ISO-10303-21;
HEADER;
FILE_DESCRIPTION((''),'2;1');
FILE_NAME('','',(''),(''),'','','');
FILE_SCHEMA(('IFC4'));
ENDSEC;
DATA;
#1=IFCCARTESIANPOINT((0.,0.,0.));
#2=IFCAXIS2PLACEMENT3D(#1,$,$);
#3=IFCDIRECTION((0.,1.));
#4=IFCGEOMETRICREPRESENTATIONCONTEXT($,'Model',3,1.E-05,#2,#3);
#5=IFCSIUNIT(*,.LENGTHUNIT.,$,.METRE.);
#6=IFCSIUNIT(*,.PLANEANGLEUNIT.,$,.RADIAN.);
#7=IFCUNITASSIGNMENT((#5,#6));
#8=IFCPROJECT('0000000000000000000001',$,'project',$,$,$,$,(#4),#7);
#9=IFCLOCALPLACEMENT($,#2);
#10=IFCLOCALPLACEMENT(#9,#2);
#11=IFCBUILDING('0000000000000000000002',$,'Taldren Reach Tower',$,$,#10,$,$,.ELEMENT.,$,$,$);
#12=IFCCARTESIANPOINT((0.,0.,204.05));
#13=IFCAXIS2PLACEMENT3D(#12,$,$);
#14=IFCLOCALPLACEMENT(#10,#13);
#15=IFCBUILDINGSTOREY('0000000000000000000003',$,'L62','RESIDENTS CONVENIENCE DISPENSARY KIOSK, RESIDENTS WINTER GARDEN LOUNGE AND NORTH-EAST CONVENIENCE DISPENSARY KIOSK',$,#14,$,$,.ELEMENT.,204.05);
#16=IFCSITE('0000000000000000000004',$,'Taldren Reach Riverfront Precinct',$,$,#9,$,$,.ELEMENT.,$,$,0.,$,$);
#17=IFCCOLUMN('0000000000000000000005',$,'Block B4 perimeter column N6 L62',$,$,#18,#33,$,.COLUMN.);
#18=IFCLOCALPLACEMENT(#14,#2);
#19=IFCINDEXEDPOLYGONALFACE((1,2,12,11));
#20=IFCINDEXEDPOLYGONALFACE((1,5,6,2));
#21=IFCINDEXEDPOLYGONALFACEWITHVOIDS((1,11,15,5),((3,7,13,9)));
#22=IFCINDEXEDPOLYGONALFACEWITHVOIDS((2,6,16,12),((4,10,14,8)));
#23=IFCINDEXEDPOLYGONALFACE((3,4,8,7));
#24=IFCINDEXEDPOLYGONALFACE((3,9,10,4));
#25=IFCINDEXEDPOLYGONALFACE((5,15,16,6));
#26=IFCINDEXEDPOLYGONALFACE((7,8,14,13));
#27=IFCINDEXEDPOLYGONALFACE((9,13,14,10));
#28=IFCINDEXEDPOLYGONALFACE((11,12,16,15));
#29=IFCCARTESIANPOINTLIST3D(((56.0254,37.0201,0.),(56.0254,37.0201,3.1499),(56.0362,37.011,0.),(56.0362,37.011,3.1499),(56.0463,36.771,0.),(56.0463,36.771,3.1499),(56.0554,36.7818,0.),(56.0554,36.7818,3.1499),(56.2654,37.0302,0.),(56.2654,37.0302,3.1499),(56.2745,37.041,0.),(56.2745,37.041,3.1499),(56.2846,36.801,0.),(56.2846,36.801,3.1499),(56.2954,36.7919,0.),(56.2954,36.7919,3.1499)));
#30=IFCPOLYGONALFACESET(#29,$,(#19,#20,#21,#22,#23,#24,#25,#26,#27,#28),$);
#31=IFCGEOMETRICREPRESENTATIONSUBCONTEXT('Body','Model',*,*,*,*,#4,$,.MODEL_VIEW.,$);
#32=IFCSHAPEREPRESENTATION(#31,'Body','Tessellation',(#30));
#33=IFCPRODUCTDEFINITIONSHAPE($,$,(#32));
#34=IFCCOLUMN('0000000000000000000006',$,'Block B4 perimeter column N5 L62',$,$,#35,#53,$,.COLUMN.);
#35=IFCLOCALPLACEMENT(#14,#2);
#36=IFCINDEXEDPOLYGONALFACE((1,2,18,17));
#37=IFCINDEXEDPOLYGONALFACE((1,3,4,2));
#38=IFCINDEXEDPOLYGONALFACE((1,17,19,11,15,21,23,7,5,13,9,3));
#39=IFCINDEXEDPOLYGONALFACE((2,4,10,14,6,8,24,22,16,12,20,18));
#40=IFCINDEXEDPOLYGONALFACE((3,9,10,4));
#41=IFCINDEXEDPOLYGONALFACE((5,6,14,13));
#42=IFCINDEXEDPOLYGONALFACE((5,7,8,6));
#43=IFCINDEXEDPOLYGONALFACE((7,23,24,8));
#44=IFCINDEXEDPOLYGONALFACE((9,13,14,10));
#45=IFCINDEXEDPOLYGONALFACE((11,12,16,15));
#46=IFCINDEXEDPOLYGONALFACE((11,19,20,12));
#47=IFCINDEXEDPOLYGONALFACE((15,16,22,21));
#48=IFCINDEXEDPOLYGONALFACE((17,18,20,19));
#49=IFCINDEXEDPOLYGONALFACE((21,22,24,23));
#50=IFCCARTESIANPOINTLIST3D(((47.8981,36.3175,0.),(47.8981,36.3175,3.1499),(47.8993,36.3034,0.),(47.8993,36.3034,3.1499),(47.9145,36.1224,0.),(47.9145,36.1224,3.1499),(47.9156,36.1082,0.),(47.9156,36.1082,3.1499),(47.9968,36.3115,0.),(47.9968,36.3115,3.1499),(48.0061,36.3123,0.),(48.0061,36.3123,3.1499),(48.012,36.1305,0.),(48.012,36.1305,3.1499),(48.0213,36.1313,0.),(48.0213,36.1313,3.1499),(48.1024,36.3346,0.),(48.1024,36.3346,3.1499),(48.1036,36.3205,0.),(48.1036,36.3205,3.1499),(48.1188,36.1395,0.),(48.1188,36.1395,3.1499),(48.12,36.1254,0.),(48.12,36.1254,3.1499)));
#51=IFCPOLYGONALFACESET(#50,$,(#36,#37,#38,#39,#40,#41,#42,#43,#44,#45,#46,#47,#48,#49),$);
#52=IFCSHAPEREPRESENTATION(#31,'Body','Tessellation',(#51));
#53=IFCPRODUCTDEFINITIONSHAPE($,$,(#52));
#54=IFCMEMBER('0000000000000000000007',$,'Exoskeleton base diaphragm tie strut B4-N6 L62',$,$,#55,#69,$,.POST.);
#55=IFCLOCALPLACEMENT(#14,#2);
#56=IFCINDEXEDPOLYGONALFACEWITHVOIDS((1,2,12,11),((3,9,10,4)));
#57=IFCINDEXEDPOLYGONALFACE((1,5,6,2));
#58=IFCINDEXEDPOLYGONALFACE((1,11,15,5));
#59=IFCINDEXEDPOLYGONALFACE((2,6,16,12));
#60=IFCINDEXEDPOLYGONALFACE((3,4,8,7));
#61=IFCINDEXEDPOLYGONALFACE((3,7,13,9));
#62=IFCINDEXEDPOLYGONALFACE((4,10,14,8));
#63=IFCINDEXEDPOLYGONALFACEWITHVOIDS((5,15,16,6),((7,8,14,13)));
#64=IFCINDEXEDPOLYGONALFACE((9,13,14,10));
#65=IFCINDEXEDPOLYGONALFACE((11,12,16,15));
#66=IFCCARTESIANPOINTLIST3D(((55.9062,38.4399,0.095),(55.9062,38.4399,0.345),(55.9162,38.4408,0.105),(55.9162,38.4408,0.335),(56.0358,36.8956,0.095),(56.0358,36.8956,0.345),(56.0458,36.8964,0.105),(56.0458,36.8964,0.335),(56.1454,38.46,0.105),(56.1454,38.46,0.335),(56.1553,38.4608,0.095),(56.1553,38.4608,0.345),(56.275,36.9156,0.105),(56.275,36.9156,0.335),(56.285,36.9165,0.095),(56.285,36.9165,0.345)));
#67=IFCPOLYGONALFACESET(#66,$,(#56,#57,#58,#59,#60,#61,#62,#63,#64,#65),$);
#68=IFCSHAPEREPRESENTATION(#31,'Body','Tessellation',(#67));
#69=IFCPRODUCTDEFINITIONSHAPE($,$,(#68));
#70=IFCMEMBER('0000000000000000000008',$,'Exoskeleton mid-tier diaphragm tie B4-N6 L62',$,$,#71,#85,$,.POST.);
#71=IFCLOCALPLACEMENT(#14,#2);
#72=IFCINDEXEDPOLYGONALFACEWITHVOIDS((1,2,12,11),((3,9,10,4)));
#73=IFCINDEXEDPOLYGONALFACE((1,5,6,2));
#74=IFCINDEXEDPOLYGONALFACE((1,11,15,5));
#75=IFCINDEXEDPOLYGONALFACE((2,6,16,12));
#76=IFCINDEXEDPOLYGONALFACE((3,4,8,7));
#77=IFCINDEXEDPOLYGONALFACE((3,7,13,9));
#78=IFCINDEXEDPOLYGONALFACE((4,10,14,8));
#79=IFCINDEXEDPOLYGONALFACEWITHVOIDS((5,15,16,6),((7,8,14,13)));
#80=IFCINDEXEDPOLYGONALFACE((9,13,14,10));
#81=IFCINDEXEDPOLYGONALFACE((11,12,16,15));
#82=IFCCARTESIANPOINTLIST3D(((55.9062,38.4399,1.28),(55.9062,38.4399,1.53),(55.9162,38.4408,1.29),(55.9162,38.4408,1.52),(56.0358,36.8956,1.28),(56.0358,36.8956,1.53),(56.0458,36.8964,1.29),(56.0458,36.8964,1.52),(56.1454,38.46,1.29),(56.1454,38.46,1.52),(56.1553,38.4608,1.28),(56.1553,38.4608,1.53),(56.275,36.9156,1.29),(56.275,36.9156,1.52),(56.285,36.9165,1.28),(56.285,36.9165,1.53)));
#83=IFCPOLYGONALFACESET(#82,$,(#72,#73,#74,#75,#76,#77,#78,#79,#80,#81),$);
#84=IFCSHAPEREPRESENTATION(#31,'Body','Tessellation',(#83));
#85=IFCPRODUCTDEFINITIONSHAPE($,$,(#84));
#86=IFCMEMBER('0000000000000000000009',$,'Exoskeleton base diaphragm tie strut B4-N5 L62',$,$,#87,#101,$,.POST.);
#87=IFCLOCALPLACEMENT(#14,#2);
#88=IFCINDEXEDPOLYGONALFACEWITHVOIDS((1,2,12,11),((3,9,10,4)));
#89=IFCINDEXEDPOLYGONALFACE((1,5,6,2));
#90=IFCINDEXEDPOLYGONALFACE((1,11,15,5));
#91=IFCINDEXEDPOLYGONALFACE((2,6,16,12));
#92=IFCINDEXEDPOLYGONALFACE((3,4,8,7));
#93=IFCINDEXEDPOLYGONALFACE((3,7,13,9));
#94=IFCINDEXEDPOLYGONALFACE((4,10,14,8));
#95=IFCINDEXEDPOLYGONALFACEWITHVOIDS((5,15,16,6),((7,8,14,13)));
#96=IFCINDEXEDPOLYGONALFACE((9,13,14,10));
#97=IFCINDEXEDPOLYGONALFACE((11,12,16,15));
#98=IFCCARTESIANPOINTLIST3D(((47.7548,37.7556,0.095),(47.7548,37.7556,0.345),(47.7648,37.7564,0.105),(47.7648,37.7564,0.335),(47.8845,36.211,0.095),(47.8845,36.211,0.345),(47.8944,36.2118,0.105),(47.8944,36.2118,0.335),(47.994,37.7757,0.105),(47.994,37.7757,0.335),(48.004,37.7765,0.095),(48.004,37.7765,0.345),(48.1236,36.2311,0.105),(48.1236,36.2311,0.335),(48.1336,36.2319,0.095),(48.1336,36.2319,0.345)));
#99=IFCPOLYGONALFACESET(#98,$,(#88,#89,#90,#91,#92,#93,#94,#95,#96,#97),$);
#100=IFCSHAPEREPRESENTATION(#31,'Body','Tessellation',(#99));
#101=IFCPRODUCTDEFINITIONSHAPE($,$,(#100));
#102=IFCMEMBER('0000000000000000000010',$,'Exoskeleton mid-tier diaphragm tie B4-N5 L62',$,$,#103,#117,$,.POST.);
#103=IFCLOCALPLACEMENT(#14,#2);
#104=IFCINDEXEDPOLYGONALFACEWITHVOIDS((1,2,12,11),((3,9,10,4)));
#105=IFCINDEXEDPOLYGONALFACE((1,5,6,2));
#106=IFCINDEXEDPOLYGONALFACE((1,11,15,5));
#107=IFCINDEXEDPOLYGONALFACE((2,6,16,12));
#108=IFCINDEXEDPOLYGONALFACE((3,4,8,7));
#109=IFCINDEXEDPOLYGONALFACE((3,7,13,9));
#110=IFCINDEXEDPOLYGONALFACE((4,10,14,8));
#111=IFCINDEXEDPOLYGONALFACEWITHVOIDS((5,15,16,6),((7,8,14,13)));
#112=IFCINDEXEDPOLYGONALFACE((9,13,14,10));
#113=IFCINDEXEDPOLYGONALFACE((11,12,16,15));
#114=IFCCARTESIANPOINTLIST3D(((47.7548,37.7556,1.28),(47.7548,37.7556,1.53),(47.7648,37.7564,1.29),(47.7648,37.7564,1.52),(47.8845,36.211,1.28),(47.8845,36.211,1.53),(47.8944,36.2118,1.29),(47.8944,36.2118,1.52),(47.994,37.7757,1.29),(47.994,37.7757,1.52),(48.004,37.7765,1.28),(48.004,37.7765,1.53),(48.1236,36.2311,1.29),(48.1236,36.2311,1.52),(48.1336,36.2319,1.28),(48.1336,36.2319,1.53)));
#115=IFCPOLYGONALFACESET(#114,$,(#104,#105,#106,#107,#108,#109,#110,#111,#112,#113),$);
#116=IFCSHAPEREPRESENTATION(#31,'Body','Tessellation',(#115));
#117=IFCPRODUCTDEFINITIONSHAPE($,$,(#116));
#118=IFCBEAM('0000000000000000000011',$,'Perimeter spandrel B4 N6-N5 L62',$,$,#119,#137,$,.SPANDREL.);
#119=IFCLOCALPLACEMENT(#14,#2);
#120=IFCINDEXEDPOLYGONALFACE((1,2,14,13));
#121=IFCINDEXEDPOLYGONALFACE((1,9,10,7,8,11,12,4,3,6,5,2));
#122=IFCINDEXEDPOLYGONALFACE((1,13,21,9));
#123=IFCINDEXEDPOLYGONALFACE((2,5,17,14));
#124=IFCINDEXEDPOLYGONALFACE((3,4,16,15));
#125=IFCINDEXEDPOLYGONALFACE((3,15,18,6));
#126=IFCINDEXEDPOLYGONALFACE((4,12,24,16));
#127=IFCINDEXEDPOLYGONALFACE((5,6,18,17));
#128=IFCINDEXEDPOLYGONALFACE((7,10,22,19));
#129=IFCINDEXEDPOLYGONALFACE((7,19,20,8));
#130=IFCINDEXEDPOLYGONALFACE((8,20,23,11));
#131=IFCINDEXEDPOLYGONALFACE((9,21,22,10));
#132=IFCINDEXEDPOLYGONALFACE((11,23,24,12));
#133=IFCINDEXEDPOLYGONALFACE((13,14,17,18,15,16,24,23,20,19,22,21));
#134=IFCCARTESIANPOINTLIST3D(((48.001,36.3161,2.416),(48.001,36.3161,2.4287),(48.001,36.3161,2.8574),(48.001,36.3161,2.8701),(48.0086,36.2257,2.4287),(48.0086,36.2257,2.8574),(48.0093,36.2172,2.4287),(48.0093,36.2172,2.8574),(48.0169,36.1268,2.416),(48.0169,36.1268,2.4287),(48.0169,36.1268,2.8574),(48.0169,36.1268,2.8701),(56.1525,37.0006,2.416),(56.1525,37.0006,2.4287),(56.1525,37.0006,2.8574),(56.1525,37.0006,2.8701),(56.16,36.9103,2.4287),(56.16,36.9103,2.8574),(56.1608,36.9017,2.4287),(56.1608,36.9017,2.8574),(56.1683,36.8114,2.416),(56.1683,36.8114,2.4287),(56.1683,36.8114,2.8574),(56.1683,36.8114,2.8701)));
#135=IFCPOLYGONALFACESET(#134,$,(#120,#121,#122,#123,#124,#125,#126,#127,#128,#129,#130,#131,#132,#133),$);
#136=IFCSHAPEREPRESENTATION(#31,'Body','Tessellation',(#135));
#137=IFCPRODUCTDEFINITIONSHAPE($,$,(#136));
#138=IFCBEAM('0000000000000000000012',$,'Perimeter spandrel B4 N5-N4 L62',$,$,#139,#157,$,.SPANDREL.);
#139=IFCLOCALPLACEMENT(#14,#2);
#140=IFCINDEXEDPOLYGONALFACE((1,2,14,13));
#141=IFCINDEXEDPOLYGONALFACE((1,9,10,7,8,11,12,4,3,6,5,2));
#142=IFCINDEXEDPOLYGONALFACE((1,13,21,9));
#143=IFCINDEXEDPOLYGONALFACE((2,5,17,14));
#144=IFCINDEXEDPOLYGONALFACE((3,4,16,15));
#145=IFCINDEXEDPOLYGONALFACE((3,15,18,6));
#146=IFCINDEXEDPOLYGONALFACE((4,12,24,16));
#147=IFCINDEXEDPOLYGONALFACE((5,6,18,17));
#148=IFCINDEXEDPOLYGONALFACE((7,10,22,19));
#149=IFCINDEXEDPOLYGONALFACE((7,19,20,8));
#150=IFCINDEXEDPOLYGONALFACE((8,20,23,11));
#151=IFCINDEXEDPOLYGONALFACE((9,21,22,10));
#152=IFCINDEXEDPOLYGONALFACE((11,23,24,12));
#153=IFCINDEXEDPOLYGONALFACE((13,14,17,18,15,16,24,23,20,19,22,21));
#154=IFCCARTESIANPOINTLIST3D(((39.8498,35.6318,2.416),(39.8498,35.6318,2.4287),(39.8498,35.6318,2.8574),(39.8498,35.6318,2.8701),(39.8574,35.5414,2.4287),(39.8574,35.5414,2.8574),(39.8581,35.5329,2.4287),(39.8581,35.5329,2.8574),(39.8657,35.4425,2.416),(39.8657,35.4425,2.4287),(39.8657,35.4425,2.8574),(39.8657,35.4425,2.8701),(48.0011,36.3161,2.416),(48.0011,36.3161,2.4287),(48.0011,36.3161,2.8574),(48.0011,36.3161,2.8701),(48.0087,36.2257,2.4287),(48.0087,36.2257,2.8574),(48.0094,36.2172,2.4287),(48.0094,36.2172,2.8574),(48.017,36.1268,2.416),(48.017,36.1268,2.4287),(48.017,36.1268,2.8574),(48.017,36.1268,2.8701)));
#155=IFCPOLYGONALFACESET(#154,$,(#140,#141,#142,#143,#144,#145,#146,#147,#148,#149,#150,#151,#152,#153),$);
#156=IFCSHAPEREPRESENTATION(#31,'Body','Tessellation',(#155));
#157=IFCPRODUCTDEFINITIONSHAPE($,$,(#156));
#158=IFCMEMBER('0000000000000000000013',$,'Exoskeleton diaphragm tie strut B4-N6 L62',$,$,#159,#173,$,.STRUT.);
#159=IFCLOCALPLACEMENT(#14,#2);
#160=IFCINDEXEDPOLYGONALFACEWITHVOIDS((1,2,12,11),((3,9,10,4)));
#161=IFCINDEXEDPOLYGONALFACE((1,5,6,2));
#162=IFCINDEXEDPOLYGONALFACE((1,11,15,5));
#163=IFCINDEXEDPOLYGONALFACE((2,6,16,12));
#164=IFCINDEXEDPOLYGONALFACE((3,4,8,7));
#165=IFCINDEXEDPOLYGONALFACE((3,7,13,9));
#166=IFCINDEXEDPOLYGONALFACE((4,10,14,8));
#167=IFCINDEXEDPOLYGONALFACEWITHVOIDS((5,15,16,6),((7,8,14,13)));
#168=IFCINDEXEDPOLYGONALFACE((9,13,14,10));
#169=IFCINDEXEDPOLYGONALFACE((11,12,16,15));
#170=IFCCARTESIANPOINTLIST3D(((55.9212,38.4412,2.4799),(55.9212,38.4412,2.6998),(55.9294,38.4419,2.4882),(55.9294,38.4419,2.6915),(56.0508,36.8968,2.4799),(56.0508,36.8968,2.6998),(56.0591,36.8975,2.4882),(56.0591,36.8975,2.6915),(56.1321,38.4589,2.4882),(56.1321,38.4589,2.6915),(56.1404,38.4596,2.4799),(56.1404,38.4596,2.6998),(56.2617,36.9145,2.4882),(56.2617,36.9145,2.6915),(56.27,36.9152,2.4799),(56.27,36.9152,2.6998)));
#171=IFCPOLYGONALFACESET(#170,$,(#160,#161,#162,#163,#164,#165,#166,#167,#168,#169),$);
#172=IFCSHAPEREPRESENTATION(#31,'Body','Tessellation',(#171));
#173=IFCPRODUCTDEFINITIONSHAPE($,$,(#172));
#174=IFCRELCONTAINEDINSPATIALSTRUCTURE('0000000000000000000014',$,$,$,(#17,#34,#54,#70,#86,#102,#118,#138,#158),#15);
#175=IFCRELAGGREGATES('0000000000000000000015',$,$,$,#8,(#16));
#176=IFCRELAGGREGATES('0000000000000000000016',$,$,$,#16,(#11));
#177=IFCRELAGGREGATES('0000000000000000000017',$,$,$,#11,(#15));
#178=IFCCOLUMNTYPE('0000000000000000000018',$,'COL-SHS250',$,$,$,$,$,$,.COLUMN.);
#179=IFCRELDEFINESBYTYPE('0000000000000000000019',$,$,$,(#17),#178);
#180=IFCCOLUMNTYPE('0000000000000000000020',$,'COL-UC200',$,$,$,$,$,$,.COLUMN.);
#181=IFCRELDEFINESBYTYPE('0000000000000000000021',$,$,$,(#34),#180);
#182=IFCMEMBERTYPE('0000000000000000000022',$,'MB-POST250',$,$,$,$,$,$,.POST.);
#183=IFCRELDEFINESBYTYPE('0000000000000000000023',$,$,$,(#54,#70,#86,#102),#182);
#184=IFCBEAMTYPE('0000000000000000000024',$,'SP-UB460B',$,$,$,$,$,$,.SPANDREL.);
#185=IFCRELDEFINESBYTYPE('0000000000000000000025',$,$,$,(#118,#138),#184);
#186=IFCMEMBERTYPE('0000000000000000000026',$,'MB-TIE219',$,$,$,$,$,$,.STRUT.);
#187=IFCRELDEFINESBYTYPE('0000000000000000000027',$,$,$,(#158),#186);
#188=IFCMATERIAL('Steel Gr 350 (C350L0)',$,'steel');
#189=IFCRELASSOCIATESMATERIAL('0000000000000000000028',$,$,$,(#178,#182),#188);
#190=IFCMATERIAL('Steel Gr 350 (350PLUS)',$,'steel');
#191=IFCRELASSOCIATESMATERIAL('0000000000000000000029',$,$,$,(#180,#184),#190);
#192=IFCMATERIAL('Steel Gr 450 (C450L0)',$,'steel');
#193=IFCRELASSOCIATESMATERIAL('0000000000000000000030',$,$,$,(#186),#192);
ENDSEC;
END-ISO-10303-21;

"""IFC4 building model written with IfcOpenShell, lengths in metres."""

from ifc_helpers import new_model, si_unit, direction, frame, origin, origin_2d, place, context, subcontext, project, spatial, hollow_rectangle, i_section, extrude, source, transform, mapped, material, material_profile, profile_set, type_object, element, save


model = new_model("IFC4")

# Units and contexts
model_context = context("Model", 3, precision=1e-05, world=origin(), true_north=direction((0.0, 1.0)))
body_context = subcontext(model_context, "Body", "Model", "MODEL_VIEW")
ifc_project = project(units=[si_unit("LENGTHUNIT", "METRE"), si_unit("PLANEANGLEUNIT", "RADIAN")], contexts=[model_context])

# Site, building, storey
site_placement = place(None, origin())
site = spatial("IfcSite", under=ifc_project, at=site_placement, Name="Taldren Reach Riverfront Precinct", CompositionType="ELEMENT", RefElevation=0.0)
building_placement = place(site_placement, origin())
building = spatial("IfcBuilding", under=site, at=building_placement, Name="Taldren Reach Tower", CompositionType="ELEMENT")
storey_placement = place(building_placement, frame((0.0, 0.0, 204.05)))
storey = spatial("IfcBuildingStorey", under=building, at=storey_placement, Name="L62", Description="RESIDENTS CONVENIENCE DISPENSARY KIOSK, RESIDENTS WINTER GARDEN LOUNGE AND NORTH-EAST CONVENIENCE DISPENSARY KIOSK", CompositionType="ELEMENT", Elevation=204.05)

# Columns
ifc_material_1 = material(Name="Steel Gr 350 (C350L0)", Category="steel")
ifc_material_profile_1 = material_profile(ifc_material_1, hollow_rectangle(XDim=0.25, YDim=0.25, WallThickness=0.01, at=origin_2d()), Name="250x250x10.0SHS")
ifc_profile_set_1 = profile_set([ifc_material_profile_1], Name="Steel Gr 350 (C350L0)")
column_type_1 = type_object("IfcColumnType", Name="COL-SHS250", PredefinedType="COLUMN", material=ifc_profile_set_1)
shared_shape_1 = source(origin(), body_context, "Body", "SweptSolid", [
    extrude(hollow_rectangle(XDim=0.25, YDim=0.25, WallThickness=0.01, at=origin_2d()), origin(), (0.0, 0.0, 1.0), 3.1499),
])
column_1_placement = place(storey_placement, frame((56.1604, 36.906, 0.0), z_axis=(0.0, 0.0, 1.0), x_axis=(0.996493, 0.083678, 0.0)))
element("IfcColumn", 1, at=column_1_placement, inside=storey, type_object=column_type_1, Name="Block B4 perimeter column N6 L62", PredefinedType="COLUMN", context=body_context, shape_type="MappedRepresentation", body=[
    mapped(shared_shape_1, transform((0.0, 0.0, 0.0), scale=1.0)),
])
ifc_material_2 = material(Name="Steel Gr 350 (350PLUS)", Category="steel")
ifc_material_profile_2 = material_profile(ifc_material_2, i_section(OverallWidth=0.2051, OverallDepth=0.21, WebThickness=0.0093, FlangeThickness=0.0142, at=origin_2d()), Name="200UC59.5")
ifc_profile_set_2 = profile_set([ifc_material_profile_2], Name="Steel Gr 350 (350PLUS)")
column_type_2 = type_object("IfcColumnType", Name="COL-UC200", PredefinedType="COLUMN", material=ifc_profile_set_2)
shared_shape_2 = source(origin(), body_context, "Body", "SweptSolid", [
    extrude(i_section(OverallWidth=0.2051, OverallDepth=0.21, WebThickness=0.0093, FlangeThickness=0.0142, at=origin_2d()), origin(), (0.0, 0.0, 1.0), 3.1499),
])
column_2_placement = place(storey_placement, frame((48.009, 36.2214, 0.0), z_axis=(0.0, 0.0, 1.0), x_axis=(0.996493, 0.083678, 0.0)))
element("IfcColumn", 2, at=column_2_placement, inside=storey, type_object=column_type_2, Name="Block B4 perimeter column N5 L62", PredefinedType="COLUMN", context=body_context, shape_type="MappedRepresentation", body=[
    mapped(shared_shape_2, transform((0.0, 0.0, 0.0), scale=1.0)),
])

# Members
ifc_material_profile_3 = material_profile(ifc_material_1, hollow_rectangle(XDim=0.25, YDim=0.25, WallThickness=0.01, at=origin_2d()), Name="250x250x10.0SHS")
ifc_profile_set_3 = profile_set([ifc_material_profile_3], Name="Steel Gr 350 (C350L0)")
member_type_1 = type_object("IfcMemberType", Name="MB-POST250", PredefinedType="POST", material=ifc_profile_set_3)
shared_shape_3 = source(origin(), body_context, "Body", "SweptSolid", [
    extrude(hollow_rectangle(XDim=0.25, YDim=0.25, WallThickness=0.01, at=origin_2d()), origin(), (0.0, 0.0, 1.0), 1.5498),
])
for number, where, z_axis, x_axis, name in (
    (3, (56.1604, 36.906, 0.22), (-0.083645, 0.996496, 0.0), (-0.996496, -0.083645, 0.0), "Exoskeleton base diaphragm tie strut B4-N6 L62"),
    (4, (56.1604, 36.906, 1.405), (-0.083645, 0.996496, 0.0), (-0.996496, -0.083645, 0.0), "Exoskeleton mid-tier diaphragm tie B4-N6 L62"),
):
    element("IfcMember", number, at=place(storey_placement, frame(where, z_axis=z_axis, x_axis=x_axis)), inside=storey, type_object=member_type_1, Name=name, PredefinedType="POST", context=body_context, shape_type="MappedRepresentation", body=[
        mapped(shared_shape_3, transform((0.0, 0.0, 0.0), scale=1.0)),
    ])
shared_shape_4 = source(origin(), body_context, "Body", "SweptSolid", [
    extrude(hollow_rectangle(XDim=0.25, YDim=0.25, WallThickness=0.01, at=origin_2d()), origin(), (0.0, 0.0, 1.0), 1.55),
])
for number, where, z_axis, x_axis, name in (
    (5, (48.009, 36.2214, 0.22), (-0.083632, 0.996497, 0.0), (-0.996497, -0.083632, 0.0), "Exoskeleton base diaphragm tie strut B4-N5 L62"),
    (6, (48.009, 36.2214, 1.405), (-0.083632, 0.996497, 0.0), (-0.996497, -0.083632, 0.0), "Exoskeleton mid-tier diaphragm tie B4-N5 L62"),
):
    element("IfcMember", number, at=place(storey_placement, frame(where, z_axis=z_axis, x_axis=x_axis)), inside=storey, type_object=member_type_1, Name=name, PredefinedType="POST", context=body_context, shape_type="MappedRepresentation", body=[
        mapped(shared_shape_4, transform((0.0, 0.0, 0.0), scale=1.0)),
    ])

# Beams
ifc_material_profile_4 = material_profile(ifc_material_2, i_section(OverallWidth=0.1899, OverallDepth=0.4541, WebThickness=0.0085, FlangeThickness=0.0127, at=origin_2d()), Name="460UB67.1")
ifc_profile_set_4 = profile_set([ifc_material_profile_4], Name="Steel Gr 350 (350PLUS)")
beam_type = type_object("IfcBeamType", Name="SP-UB460B", PredefinedType="SPANDREL", material=ifc_profile_set_4)
shared_shape_5 = source(origin(), body_context, "Body", "SweptSolid", [
    extrude(i_section(OverallWidth=0.1899, OverallDepth=0.4541, WebThickness=0.0085, FlangeThickness=0.0127, at=origin_2d()), origin(), (0.0, 0.0, 1.0), 8.1802),
])
beam_1_placement = place(storey_placement, frame((56.1604, 36.906, 2.6431), z_axis=(-0.996492, -0.083688, 0.0), x_axis=(0.083688, -0.996492, 0.0)))
element("IfcBeam", 7, at=beam_1_placement, inside=storey, type_object=beam_type, Name="Perimeter spandrel B4 N6-N5 L62", PredefinedType="SPANDREL", context=body_context, shape_type="MappedRepresentation", body=[
    mapped(shared_shape_5, transform((0.0, 0.0, 0.0), scale=1.0)),
])
shared_shape_6 = source(origin(), body_context, "Body", "SweptSolid", [
    extrude(i_section(OverallWidth=0.1899, OverallDepth=0.4541, WebThickness=0.0085, FlangeThickness=0.0127, at=origin_2d()), origin(), (0.0, 0.0, 1.0), 8.1799),
])
beam_2_placement = place(storey_placement, frame((48.009, 36.2214, 2.6431), z_axis=(-0.996495, -0.083658, 0.0), x_axis=(0.083658, -0.996495, 0.0)))
element("IfcBeam", 8, at=beam_2_placement, inside=storey, type_object=beam_type, Name="Perimeter spandrel B4 N5-N4 L62", PredefinedType="SPANDREL", context=body_context, shape_type="MappedRepresentation", body=[
    mapped(shared_shape_6, transform((0.0, 0.0, 0.0), scale=1.0)),
])

# Member
ifc_material_3 = material(Name="Steel Gr 450 (C450L0)", Category="steel")
ifc_material_profile_5 = material_profile(ifc_material_3, hollow_rectangle(XDim=0.22, YDim=0.22, WallThickness=0.0083, at=origin_2d()), Name="220x220x8.2SHS")
ifc_profile_set_5 = profile_set([ifc_material_profile_5], Name="Steel Gr 450 (C450L0)")
member_type_2 = type_object("IfcMemberType", Name="MB-TIE219", PredefinedType="STRUT", material=ifc_profile_set_5)
shared_shape_7 = source(origin(), body_context, "Body", "SweptSolid", [
    extrude(hollow_rectangle(XDim=0.22, YDim=0.22, WallThickness=0.0083, at=origin_2d()), origin(), (0.0, 0.0, 1.0), 1.5498),
])
member_1_placement = place(storey_placement, frame((56.1604, 36.906, 2.5898), z_axis=(-0.083645, 0.996496, 0.0), x_axis=(-0.996496, -0.083645, 0.0)))
element("IfcMember", 9, at=member_1_placement, inside=storey, type_object=member_type_2, Name="Exoskeleton diaphragm tie strut B4-N6 L62", PredefinedType="STRUT", context=body_context, shape_type="MappedRepresentation", body=[
    mapped(shared_shape_7, transform((0.0, 0.0, 0.0), scale=1.0)),
])

save(model, "model.ifc")
